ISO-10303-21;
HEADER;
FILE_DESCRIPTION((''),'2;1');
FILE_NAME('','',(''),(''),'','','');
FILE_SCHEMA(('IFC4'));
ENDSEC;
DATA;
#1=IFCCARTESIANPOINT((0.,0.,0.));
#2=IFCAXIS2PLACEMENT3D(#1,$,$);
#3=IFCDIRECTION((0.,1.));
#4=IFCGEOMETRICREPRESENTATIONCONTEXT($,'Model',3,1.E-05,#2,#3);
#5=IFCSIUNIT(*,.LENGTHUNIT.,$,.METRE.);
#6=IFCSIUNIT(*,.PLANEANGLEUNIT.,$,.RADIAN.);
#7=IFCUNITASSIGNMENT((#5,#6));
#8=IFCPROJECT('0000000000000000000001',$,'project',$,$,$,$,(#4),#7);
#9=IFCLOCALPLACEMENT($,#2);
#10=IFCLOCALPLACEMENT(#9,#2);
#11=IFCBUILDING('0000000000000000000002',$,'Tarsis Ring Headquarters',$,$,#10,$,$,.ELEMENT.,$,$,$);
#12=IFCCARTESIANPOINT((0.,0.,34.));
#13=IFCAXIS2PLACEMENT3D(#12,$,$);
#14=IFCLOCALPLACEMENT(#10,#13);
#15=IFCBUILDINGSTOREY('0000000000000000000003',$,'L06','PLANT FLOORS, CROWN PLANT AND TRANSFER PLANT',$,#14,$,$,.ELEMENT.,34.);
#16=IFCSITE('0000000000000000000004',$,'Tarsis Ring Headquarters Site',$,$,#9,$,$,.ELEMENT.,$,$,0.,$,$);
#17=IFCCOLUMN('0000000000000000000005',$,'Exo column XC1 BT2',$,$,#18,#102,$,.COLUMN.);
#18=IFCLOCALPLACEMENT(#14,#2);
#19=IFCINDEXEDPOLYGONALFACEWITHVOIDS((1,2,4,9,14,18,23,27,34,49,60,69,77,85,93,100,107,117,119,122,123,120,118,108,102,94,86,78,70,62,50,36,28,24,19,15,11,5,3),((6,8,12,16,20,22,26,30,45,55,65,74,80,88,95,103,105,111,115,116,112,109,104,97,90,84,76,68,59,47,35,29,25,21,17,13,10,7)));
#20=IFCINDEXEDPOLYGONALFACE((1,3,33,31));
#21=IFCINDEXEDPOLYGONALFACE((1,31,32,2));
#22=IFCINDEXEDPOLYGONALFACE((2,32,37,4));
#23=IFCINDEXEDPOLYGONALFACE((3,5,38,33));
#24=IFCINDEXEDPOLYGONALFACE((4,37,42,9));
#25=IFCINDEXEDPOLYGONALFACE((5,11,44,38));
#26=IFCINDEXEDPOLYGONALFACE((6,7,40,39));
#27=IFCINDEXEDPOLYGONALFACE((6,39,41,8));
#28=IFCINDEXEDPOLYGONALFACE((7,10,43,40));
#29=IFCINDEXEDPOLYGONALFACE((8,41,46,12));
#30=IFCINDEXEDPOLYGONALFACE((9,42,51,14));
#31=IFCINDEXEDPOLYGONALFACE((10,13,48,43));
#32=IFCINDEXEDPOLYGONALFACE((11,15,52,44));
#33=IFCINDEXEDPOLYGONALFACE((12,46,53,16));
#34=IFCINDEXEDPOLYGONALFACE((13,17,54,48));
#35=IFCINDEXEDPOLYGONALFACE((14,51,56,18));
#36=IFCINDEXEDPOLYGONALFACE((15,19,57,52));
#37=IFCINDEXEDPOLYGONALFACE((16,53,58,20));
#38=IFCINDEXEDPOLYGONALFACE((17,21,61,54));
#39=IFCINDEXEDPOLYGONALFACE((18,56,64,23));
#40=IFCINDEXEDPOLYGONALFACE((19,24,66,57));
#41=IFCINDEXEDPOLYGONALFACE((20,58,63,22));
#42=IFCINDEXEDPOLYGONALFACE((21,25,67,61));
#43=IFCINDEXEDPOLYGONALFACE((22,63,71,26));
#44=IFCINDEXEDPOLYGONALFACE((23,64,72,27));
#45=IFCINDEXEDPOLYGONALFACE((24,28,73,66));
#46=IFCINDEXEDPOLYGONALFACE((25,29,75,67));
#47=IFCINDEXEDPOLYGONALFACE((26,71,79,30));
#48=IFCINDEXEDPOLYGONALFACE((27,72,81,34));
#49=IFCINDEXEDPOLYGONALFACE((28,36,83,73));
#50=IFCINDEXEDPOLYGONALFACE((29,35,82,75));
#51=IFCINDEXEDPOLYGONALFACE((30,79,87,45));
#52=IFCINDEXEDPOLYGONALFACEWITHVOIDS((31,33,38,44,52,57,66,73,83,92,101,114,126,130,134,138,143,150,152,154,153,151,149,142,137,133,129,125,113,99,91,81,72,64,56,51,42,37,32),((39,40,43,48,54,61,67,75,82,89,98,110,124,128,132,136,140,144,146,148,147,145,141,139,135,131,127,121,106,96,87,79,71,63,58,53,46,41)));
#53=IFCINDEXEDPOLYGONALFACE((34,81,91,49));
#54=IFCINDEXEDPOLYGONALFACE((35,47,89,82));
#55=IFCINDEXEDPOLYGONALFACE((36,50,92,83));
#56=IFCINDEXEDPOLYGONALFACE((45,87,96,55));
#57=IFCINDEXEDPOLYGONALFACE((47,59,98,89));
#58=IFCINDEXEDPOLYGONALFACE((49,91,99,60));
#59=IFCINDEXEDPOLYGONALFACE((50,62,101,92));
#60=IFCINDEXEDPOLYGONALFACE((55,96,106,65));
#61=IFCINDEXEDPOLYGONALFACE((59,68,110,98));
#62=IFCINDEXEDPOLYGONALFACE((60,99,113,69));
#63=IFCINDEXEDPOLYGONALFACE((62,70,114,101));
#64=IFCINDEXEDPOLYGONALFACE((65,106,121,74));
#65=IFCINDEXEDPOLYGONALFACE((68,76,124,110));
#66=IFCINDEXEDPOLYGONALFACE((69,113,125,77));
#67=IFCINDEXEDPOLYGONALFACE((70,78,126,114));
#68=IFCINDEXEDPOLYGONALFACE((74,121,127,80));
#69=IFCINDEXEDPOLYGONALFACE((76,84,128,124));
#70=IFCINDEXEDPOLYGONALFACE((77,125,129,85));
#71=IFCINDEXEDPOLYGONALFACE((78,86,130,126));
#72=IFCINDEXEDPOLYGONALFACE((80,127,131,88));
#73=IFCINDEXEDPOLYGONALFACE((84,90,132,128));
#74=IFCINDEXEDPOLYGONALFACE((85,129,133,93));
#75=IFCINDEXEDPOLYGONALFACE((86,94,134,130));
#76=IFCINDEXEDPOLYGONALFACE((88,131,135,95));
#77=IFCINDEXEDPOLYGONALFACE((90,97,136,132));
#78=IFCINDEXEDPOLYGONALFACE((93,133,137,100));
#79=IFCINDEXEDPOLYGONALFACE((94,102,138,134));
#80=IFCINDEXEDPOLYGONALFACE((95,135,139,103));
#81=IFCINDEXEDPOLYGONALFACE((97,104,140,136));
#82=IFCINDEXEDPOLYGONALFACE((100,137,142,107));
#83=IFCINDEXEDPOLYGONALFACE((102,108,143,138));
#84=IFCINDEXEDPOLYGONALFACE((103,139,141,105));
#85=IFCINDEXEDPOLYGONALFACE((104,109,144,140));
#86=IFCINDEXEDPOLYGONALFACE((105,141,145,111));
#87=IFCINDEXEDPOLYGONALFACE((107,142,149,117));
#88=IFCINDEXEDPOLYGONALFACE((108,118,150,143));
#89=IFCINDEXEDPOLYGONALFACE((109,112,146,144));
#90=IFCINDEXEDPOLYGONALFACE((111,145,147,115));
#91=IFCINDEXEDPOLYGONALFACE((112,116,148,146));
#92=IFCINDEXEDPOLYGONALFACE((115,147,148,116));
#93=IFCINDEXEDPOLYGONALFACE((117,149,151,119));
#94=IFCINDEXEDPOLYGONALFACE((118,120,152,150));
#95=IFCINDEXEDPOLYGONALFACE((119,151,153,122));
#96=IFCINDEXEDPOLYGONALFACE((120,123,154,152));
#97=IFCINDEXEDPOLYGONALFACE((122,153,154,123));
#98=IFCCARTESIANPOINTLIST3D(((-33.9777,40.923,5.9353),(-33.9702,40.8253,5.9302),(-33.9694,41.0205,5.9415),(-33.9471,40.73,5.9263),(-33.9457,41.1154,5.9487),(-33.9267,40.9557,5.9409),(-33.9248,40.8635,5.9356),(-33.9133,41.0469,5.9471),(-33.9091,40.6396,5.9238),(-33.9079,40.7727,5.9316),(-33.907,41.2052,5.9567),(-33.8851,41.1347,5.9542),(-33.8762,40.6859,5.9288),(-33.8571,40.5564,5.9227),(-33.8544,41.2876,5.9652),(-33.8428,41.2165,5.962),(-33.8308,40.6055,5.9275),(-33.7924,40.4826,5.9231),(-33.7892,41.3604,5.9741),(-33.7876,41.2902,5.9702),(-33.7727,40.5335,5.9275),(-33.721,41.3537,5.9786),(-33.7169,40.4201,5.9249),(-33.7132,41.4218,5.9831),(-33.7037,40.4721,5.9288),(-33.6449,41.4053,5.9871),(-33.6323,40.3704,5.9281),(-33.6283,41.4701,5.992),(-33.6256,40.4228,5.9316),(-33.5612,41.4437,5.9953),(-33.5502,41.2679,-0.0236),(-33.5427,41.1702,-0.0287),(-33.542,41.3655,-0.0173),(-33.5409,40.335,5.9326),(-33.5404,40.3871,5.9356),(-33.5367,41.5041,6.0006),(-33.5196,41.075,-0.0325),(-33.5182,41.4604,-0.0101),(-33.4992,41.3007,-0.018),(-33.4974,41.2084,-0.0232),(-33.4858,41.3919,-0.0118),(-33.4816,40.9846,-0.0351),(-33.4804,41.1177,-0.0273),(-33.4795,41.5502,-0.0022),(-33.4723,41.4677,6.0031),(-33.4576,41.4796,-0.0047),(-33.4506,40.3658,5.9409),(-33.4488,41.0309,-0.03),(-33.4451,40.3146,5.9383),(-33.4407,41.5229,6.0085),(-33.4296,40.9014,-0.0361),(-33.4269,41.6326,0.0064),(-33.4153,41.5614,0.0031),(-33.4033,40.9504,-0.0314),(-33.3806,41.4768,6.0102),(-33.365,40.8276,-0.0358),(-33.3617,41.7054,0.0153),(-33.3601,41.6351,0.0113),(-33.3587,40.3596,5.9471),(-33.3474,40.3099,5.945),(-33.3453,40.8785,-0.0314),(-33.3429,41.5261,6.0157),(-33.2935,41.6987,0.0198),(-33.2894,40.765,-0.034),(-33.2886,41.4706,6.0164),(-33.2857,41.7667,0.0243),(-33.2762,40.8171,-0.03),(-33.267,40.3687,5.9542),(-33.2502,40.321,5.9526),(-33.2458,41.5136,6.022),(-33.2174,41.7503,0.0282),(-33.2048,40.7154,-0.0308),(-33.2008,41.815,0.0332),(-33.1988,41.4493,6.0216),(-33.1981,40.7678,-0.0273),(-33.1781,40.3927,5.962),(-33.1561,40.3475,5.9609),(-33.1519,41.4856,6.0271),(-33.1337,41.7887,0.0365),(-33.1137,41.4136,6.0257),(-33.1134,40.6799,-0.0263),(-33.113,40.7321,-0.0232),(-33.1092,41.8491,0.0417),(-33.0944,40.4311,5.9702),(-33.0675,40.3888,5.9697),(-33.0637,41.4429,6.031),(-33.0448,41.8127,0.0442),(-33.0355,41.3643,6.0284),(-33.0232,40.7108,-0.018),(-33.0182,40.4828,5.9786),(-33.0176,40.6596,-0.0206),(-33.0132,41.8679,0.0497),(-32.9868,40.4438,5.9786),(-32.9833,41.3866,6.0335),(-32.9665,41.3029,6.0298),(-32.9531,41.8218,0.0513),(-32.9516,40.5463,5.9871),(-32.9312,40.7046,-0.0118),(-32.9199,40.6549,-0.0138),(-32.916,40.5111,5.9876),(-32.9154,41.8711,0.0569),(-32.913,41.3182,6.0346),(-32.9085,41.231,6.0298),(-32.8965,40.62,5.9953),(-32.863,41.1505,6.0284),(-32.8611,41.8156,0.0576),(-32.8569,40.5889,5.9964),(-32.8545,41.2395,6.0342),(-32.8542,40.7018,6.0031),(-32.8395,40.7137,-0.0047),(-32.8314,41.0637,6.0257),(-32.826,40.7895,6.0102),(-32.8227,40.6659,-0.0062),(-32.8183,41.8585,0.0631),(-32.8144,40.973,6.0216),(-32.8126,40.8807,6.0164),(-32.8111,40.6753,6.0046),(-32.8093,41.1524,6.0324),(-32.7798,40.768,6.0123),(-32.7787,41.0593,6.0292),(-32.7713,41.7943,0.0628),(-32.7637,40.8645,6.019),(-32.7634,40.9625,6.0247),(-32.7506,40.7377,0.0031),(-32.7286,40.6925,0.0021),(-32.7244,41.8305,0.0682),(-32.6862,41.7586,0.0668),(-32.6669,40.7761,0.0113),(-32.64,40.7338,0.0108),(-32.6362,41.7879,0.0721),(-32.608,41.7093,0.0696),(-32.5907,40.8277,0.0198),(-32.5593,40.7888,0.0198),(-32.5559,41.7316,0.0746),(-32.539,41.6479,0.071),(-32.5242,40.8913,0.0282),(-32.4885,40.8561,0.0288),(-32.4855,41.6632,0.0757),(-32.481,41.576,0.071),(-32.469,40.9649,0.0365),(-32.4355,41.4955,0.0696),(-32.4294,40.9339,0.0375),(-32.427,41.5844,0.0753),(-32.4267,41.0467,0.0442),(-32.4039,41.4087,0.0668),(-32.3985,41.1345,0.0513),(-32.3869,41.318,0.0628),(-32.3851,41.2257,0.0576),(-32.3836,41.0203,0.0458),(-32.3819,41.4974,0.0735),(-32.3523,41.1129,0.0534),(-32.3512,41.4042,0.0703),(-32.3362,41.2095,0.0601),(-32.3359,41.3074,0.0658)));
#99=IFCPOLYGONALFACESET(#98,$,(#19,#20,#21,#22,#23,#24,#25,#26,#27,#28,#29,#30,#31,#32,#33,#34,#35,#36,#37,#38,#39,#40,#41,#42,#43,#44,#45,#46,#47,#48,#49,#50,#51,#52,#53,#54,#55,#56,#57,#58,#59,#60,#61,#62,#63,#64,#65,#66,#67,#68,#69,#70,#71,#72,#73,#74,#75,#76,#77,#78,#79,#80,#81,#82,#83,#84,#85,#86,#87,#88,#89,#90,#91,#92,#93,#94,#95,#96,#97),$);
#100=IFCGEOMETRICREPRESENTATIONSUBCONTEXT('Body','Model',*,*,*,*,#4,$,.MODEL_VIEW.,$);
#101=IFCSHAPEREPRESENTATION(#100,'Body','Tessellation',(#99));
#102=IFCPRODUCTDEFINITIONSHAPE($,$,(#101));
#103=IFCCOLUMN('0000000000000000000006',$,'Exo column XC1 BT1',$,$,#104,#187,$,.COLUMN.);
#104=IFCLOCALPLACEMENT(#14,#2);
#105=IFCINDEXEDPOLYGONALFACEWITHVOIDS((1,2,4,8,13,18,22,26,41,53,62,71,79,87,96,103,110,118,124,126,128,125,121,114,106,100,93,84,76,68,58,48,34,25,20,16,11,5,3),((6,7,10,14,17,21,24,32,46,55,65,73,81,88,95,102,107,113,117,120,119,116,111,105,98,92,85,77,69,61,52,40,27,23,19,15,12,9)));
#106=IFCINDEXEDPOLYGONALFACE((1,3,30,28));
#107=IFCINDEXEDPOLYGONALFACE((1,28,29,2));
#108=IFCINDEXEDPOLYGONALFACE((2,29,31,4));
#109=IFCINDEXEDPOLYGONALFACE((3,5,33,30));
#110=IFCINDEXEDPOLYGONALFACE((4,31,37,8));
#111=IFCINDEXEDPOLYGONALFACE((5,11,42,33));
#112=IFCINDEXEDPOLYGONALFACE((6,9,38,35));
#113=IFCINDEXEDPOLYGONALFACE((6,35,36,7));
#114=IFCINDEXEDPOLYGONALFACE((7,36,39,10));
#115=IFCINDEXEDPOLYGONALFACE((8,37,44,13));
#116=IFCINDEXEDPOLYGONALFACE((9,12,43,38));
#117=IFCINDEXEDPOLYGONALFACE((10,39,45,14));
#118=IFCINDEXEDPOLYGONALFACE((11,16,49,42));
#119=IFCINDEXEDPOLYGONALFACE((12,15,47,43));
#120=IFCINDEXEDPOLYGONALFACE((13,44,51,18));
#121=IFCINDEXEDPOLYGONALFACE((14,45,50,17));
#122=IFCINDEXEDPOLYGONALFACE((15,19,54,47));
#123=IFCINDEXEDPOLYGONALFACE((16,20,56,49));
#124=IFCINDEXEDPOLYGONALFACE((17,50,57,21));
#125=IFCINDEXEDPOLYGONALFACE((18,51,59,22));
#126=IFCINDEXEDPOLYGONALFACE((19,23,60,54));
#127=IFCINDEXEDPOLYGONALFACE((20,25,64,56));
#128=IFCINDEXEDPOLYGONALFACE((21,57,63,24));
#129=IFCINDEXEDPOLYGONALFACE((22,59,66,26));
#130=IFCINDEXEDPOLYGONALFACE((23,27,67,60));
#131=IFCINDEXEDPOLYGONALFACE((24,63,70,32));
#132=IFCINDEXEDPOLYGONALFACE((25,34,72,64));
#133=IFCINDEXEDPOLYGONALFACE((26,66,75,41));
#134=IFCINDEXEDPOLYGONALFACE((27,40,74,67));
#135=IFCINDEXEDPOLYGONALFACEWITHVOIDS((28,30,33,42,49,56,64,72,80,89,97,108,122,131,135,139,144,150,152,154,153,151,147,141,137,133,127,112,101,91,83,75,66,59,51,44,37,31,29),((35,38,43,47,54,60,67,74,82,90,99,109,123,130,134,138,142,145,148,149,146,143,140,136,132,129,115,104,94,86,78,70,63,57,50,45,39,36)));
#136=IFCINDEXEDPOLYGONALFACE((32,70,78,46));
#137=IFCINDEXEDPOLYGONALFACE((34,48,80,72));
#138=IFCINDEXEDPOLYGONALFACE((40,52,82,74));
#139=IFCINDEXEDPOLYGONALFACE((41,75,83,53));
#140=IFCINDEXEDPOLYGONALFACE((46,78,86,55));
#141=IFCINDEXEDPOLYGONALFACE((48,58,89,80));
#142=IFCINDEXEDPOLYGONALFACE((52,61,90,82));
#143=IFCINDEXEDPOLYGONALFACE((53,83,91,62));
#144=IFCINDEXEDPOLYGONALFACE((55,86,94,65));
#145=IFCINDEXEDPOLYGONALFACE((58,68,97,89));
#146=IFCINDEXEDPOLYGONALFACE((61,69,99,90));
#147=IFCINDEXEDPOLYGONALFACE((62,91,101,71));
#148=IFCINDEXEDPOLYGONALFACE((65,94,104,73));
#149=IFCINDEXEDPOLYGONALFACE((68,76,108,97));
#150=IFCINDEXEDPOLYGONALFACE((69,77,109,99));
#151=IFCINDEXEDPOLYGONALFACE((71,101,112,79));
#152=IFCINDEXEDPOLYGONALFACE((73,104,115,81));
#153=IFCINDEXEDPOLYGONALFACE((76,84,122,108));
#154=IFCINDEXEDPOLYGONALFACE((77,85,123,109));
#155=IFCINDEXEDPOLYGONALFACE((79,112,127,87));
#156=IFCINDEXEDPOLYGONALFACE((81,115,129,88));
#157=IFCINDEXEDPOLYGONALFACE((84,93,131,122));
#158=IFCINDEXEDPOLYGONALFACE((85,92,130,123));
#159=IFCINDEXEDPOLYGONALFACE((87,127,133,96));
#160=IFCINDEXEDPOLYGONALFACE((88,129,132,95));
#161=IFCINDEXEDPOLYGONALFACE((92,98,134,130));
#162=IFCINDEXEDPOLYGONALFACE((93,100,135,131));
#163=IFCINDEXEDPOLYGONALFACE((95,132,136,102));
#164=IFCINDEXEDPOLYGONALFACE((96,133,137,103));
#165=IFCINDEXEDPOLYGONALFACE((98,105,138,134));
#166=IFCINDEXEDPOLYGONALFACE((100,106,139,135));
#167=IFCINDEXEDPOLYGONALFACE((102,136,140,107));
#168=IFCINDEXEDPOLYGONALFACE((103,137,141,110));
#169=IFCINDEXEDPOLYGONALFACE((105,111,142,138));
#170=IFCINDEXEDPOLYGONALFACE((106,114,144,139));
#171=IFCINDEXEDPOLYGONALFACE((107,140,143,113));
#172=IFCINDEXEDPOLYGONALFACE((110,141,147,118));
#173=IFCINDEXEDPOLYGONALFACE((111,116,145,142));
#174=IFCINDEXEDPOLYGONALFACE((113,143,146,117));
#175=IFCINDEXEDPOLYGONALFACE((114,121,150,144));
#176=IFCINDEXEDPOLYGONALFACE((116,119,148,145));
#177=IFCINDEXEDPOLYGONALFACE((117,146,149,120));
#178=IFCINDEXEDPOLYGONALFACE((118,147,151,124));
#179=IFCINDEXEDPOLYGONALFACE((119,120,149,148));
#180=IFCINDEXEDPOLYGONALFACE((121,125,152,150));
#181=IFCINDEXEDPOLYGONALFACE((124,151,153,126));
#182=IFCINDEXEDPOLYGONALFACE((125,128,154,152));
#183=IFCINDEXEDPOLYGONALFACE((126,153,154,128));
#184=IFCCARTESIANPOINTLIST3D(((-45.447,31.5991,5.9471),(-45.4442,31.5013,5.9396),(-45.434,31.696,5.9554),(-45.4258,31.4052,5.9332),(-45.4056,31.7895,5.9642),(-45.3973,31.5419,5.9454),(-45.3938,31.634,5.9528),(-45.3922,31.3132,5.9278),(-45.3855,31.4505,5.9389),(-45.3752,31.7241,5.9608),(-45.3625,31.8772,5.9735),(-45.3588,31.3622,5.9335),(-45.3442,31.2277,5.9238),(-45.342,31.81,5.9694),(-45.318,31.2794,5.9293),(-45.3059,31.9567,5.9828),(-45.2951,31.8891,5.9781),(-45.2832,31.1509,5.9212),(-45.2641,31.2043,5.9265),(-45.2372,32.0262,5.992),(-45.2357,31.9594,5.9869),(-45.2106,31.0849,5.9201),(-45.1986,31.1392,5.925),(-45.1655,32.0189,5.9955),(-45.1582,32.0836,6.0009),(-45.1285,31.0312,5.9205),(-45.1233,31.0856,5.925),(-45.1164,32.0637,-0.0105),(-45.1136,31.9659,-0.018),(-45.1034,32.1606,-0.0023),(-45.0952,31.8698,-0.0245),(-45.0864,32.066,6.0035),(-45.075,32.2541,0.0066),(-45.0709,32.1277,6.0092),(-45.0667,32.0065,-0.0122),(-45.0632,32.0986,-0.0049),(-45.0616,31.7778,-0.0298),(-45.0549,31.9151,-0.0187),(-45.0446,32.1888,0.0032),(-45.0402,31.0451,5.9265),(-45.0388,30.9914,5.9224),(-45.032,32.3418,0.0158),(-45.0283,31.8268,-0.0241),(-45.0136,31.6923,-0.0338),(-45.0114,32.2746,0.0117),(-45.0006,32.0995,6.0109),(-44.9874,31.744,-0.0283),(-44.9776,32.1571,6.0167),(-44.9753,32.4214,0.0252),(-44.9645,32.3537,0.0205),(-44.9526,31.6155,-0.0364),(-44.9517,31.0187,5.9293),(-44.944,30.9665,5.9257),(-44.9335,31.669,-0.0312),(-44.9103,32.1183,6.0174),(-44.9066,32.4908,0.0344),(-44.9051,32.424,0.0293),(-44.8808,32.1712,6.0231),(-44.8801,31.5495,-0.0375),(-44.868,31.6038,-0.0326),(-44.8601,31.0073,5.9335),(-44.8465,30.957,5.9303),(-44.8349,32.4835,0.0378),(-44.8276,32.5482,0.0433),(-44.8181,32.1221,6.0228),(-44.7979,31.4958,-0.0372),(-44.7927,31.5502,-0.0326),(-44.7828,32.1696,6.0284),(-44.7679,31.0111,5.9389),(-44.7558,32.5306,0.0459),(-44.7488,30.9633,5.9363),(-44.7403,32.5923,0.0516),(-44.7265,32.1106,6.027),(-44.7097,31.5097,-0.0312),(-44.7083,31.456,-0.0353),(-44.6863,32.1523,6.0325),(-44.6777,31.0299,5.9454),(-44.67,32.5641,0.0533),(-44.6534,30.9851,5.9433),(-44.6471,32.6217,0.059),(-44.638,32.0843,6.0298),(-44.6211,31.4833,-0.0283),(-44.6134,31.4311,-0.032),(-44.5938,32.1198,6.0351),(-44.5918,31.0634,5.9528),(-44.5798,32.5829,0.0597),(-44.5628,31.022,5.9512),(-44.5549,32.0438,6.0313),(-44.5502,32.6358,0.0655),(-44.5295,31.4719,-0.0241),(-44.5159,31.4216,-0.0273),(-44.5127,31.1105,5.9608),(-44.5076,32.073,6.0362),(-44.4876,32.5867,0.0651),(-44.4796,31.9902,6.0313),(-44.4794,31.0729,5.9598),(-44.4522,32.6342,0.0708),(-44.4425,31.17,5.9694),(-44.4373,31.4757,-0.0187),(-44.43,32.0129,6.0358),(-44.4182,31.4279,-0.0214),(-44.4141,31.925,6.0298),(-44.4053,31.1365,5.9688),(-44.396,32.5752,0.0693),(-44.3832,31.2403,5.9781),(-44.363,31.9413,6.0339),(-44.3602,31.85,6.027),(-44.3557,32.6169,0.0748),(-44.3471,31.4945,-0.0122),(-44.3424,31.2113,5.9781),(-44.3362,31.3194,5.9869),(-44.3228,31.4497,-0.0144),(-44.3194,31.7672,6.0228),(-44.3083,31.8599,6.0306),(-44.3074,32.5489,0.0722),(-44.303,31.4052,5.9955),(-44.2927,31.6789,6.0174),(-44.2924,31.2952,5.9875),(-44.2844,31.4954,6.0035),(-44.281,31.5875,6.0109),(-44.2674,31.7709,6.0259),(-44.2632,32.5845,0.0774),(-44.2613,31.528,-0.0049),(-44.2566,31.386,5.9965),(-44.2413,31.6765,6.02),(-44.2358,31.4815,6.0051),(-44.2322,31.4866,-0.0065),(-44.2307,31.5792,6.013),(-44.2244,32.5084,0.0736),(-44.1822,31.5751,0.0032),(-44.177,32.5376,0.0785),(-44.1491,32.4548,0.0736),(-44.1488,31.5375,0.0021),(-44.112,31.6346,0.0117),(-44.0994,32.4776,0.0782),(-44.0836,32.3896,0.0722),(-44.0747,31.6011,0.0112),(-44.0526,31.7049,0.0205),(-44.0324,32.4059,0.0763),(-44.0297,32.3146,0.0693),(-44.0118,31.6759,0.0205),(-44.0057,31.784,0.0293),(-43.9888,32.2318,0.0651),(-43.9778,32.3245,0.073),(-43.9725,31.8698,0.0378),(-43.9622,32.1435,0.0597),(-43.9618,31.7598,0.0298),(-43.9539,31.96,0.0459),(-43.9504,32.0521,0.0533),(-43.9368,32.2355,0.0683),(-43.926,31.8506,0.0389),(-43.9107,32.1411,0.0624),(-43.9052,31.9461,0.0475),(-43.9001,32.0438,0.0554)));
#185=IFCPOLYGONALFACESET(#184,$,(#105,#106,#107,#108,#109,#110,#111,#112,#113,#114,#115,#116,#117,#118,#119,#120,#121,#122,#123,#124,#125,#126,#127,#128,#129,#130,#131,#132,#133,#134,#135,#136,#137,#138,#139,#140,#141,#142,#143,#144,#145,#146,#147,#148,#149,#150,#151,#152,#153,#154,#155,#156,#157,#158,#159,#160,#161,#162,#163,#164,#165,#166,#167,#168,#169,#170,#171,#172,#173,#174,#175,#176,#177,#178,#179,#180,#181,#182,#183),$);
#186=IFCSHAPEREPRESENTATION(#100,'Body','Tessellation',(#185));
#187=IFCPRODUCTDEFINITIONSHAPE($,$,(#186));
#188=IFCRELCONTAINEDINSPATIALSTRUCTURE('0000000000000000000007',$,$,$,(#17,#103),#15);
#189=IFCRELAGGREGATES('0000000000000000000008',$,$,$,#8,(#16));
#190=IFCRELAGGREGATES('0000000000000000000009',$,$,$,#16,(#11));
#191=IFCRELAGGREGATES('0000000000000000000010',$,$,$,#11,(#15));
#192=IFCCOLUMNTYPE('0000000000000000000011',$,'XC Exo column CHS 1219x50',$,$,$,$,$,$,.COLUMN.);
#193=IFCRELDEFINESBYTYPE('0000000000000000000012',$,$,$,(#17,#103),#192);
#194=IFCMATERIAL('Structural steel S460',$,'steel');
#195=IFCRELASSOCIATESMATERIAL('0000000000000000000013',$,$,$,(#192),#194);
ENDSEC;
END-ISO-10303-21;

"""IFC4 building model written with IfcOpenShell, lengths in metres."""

from ifc_helpers import new_model, si_unit, direction, frame, origin, origin_2d, place, context, subcontext, project, spatial, hollow_circle, extrude, material, material_profile, profile_set, type_object, element, save


model = new_model("IFC4")

# Units and contexts
model_context = context("Model", 3, precision=1e-05, world=origin(), true_north=direction((0.0, 1.0)))
body_context = subcontext(model_context, "Body", "Model", "MODEL_VIEW")
ifc_project = project(units=[si_unit("LENGTHUNIT", "METRE"), si_unit("PLANEANGLEUNIT", "RADIAN")], contexts=[model_context])

# Site, building, storey
site_placement = place(None, origin())
site = spatial("IfcSite", under=ifc_project, at=site_placement, Name="Tarsis Ring Headquarters Site", CompositionType="ELEMENT", RefElevation=0.0)
building_placement = place(site_placement, origin())
building = spatial("IfcBuilding", under=site, at=building_placement, Name="Tarsis Ring Headquarters", CompositionType="ELEMENT")
storey_placement = place(building_placement, frame((0.0, 0.0, 34.0)))
storey = spatial("IfcBuildingStorey", under=building, at=storey_placement, Name="L06", Description="PLANT FLOORS, CROWN PLANT AND TRANSFER PLANT", CompositionType="ELEMENT", Elevation=34.0)

# Columns
ifc_material_1 = material(Name="Structural steel S460", Category="steel")
ifc_material_profile_1 = material_profile(ifc_material_1, hollow_circle(Radius=0.6096, WallThickness=0.05, at=origin_2d()), Name="CHS 1219x50")
ifc_profile_set_1 = profile_set([ifc_material_profile_1], Name="Structural steel S460")
column_type = type_object("IfcColumnType", Name="XC Exo column CHS 1219x50", PredefinedType="COLUMN", material=ifc_profile_set_1)
column_1_placement = place(storey_placement, frame((-32.9421, 41.2632, 0.0198), z_axis=(-0.071436, -0.057646, 0.995778), x_axis=(0.627996, -0.778217, 0.0)))
element("IfcColumn", 1, at=column_1_placement, inside=storey, type_object=column_type, Name="Exo column XC1 BT2", PredefinedType="COLUMN", context=body_context, shape_type="SweptSolid", body=[
    extrude(hollow_circle(Radius=0.6096, WallThickness=0.05, at=origin_2d()), origin(), (0.0, 0.0, 1.0), 5.9841),
])
column_2_placement = place(storey_placement, frame((-44.5085, 32.0293, 0.0205), z_axis=(-0.055235, -0.077631, 0.995451), x_axis=(0.814803, -0.579739, 0.0)))
element("IfcColumn", 2, at=column_2_placement, inside=storey, type_object=column_type, Name="Exo column XC1 BT1", PredefinedType="COLUMN", context=body_context, shape_type="SweptSolid", body=[
    extrude(hollow_circle(Radius=0.6096, WallThickness=0.05, at=origin_2d()), origin(), (0.0, 0.0, 1.0), 5.9849),
])

save(model, "model.ifc")
